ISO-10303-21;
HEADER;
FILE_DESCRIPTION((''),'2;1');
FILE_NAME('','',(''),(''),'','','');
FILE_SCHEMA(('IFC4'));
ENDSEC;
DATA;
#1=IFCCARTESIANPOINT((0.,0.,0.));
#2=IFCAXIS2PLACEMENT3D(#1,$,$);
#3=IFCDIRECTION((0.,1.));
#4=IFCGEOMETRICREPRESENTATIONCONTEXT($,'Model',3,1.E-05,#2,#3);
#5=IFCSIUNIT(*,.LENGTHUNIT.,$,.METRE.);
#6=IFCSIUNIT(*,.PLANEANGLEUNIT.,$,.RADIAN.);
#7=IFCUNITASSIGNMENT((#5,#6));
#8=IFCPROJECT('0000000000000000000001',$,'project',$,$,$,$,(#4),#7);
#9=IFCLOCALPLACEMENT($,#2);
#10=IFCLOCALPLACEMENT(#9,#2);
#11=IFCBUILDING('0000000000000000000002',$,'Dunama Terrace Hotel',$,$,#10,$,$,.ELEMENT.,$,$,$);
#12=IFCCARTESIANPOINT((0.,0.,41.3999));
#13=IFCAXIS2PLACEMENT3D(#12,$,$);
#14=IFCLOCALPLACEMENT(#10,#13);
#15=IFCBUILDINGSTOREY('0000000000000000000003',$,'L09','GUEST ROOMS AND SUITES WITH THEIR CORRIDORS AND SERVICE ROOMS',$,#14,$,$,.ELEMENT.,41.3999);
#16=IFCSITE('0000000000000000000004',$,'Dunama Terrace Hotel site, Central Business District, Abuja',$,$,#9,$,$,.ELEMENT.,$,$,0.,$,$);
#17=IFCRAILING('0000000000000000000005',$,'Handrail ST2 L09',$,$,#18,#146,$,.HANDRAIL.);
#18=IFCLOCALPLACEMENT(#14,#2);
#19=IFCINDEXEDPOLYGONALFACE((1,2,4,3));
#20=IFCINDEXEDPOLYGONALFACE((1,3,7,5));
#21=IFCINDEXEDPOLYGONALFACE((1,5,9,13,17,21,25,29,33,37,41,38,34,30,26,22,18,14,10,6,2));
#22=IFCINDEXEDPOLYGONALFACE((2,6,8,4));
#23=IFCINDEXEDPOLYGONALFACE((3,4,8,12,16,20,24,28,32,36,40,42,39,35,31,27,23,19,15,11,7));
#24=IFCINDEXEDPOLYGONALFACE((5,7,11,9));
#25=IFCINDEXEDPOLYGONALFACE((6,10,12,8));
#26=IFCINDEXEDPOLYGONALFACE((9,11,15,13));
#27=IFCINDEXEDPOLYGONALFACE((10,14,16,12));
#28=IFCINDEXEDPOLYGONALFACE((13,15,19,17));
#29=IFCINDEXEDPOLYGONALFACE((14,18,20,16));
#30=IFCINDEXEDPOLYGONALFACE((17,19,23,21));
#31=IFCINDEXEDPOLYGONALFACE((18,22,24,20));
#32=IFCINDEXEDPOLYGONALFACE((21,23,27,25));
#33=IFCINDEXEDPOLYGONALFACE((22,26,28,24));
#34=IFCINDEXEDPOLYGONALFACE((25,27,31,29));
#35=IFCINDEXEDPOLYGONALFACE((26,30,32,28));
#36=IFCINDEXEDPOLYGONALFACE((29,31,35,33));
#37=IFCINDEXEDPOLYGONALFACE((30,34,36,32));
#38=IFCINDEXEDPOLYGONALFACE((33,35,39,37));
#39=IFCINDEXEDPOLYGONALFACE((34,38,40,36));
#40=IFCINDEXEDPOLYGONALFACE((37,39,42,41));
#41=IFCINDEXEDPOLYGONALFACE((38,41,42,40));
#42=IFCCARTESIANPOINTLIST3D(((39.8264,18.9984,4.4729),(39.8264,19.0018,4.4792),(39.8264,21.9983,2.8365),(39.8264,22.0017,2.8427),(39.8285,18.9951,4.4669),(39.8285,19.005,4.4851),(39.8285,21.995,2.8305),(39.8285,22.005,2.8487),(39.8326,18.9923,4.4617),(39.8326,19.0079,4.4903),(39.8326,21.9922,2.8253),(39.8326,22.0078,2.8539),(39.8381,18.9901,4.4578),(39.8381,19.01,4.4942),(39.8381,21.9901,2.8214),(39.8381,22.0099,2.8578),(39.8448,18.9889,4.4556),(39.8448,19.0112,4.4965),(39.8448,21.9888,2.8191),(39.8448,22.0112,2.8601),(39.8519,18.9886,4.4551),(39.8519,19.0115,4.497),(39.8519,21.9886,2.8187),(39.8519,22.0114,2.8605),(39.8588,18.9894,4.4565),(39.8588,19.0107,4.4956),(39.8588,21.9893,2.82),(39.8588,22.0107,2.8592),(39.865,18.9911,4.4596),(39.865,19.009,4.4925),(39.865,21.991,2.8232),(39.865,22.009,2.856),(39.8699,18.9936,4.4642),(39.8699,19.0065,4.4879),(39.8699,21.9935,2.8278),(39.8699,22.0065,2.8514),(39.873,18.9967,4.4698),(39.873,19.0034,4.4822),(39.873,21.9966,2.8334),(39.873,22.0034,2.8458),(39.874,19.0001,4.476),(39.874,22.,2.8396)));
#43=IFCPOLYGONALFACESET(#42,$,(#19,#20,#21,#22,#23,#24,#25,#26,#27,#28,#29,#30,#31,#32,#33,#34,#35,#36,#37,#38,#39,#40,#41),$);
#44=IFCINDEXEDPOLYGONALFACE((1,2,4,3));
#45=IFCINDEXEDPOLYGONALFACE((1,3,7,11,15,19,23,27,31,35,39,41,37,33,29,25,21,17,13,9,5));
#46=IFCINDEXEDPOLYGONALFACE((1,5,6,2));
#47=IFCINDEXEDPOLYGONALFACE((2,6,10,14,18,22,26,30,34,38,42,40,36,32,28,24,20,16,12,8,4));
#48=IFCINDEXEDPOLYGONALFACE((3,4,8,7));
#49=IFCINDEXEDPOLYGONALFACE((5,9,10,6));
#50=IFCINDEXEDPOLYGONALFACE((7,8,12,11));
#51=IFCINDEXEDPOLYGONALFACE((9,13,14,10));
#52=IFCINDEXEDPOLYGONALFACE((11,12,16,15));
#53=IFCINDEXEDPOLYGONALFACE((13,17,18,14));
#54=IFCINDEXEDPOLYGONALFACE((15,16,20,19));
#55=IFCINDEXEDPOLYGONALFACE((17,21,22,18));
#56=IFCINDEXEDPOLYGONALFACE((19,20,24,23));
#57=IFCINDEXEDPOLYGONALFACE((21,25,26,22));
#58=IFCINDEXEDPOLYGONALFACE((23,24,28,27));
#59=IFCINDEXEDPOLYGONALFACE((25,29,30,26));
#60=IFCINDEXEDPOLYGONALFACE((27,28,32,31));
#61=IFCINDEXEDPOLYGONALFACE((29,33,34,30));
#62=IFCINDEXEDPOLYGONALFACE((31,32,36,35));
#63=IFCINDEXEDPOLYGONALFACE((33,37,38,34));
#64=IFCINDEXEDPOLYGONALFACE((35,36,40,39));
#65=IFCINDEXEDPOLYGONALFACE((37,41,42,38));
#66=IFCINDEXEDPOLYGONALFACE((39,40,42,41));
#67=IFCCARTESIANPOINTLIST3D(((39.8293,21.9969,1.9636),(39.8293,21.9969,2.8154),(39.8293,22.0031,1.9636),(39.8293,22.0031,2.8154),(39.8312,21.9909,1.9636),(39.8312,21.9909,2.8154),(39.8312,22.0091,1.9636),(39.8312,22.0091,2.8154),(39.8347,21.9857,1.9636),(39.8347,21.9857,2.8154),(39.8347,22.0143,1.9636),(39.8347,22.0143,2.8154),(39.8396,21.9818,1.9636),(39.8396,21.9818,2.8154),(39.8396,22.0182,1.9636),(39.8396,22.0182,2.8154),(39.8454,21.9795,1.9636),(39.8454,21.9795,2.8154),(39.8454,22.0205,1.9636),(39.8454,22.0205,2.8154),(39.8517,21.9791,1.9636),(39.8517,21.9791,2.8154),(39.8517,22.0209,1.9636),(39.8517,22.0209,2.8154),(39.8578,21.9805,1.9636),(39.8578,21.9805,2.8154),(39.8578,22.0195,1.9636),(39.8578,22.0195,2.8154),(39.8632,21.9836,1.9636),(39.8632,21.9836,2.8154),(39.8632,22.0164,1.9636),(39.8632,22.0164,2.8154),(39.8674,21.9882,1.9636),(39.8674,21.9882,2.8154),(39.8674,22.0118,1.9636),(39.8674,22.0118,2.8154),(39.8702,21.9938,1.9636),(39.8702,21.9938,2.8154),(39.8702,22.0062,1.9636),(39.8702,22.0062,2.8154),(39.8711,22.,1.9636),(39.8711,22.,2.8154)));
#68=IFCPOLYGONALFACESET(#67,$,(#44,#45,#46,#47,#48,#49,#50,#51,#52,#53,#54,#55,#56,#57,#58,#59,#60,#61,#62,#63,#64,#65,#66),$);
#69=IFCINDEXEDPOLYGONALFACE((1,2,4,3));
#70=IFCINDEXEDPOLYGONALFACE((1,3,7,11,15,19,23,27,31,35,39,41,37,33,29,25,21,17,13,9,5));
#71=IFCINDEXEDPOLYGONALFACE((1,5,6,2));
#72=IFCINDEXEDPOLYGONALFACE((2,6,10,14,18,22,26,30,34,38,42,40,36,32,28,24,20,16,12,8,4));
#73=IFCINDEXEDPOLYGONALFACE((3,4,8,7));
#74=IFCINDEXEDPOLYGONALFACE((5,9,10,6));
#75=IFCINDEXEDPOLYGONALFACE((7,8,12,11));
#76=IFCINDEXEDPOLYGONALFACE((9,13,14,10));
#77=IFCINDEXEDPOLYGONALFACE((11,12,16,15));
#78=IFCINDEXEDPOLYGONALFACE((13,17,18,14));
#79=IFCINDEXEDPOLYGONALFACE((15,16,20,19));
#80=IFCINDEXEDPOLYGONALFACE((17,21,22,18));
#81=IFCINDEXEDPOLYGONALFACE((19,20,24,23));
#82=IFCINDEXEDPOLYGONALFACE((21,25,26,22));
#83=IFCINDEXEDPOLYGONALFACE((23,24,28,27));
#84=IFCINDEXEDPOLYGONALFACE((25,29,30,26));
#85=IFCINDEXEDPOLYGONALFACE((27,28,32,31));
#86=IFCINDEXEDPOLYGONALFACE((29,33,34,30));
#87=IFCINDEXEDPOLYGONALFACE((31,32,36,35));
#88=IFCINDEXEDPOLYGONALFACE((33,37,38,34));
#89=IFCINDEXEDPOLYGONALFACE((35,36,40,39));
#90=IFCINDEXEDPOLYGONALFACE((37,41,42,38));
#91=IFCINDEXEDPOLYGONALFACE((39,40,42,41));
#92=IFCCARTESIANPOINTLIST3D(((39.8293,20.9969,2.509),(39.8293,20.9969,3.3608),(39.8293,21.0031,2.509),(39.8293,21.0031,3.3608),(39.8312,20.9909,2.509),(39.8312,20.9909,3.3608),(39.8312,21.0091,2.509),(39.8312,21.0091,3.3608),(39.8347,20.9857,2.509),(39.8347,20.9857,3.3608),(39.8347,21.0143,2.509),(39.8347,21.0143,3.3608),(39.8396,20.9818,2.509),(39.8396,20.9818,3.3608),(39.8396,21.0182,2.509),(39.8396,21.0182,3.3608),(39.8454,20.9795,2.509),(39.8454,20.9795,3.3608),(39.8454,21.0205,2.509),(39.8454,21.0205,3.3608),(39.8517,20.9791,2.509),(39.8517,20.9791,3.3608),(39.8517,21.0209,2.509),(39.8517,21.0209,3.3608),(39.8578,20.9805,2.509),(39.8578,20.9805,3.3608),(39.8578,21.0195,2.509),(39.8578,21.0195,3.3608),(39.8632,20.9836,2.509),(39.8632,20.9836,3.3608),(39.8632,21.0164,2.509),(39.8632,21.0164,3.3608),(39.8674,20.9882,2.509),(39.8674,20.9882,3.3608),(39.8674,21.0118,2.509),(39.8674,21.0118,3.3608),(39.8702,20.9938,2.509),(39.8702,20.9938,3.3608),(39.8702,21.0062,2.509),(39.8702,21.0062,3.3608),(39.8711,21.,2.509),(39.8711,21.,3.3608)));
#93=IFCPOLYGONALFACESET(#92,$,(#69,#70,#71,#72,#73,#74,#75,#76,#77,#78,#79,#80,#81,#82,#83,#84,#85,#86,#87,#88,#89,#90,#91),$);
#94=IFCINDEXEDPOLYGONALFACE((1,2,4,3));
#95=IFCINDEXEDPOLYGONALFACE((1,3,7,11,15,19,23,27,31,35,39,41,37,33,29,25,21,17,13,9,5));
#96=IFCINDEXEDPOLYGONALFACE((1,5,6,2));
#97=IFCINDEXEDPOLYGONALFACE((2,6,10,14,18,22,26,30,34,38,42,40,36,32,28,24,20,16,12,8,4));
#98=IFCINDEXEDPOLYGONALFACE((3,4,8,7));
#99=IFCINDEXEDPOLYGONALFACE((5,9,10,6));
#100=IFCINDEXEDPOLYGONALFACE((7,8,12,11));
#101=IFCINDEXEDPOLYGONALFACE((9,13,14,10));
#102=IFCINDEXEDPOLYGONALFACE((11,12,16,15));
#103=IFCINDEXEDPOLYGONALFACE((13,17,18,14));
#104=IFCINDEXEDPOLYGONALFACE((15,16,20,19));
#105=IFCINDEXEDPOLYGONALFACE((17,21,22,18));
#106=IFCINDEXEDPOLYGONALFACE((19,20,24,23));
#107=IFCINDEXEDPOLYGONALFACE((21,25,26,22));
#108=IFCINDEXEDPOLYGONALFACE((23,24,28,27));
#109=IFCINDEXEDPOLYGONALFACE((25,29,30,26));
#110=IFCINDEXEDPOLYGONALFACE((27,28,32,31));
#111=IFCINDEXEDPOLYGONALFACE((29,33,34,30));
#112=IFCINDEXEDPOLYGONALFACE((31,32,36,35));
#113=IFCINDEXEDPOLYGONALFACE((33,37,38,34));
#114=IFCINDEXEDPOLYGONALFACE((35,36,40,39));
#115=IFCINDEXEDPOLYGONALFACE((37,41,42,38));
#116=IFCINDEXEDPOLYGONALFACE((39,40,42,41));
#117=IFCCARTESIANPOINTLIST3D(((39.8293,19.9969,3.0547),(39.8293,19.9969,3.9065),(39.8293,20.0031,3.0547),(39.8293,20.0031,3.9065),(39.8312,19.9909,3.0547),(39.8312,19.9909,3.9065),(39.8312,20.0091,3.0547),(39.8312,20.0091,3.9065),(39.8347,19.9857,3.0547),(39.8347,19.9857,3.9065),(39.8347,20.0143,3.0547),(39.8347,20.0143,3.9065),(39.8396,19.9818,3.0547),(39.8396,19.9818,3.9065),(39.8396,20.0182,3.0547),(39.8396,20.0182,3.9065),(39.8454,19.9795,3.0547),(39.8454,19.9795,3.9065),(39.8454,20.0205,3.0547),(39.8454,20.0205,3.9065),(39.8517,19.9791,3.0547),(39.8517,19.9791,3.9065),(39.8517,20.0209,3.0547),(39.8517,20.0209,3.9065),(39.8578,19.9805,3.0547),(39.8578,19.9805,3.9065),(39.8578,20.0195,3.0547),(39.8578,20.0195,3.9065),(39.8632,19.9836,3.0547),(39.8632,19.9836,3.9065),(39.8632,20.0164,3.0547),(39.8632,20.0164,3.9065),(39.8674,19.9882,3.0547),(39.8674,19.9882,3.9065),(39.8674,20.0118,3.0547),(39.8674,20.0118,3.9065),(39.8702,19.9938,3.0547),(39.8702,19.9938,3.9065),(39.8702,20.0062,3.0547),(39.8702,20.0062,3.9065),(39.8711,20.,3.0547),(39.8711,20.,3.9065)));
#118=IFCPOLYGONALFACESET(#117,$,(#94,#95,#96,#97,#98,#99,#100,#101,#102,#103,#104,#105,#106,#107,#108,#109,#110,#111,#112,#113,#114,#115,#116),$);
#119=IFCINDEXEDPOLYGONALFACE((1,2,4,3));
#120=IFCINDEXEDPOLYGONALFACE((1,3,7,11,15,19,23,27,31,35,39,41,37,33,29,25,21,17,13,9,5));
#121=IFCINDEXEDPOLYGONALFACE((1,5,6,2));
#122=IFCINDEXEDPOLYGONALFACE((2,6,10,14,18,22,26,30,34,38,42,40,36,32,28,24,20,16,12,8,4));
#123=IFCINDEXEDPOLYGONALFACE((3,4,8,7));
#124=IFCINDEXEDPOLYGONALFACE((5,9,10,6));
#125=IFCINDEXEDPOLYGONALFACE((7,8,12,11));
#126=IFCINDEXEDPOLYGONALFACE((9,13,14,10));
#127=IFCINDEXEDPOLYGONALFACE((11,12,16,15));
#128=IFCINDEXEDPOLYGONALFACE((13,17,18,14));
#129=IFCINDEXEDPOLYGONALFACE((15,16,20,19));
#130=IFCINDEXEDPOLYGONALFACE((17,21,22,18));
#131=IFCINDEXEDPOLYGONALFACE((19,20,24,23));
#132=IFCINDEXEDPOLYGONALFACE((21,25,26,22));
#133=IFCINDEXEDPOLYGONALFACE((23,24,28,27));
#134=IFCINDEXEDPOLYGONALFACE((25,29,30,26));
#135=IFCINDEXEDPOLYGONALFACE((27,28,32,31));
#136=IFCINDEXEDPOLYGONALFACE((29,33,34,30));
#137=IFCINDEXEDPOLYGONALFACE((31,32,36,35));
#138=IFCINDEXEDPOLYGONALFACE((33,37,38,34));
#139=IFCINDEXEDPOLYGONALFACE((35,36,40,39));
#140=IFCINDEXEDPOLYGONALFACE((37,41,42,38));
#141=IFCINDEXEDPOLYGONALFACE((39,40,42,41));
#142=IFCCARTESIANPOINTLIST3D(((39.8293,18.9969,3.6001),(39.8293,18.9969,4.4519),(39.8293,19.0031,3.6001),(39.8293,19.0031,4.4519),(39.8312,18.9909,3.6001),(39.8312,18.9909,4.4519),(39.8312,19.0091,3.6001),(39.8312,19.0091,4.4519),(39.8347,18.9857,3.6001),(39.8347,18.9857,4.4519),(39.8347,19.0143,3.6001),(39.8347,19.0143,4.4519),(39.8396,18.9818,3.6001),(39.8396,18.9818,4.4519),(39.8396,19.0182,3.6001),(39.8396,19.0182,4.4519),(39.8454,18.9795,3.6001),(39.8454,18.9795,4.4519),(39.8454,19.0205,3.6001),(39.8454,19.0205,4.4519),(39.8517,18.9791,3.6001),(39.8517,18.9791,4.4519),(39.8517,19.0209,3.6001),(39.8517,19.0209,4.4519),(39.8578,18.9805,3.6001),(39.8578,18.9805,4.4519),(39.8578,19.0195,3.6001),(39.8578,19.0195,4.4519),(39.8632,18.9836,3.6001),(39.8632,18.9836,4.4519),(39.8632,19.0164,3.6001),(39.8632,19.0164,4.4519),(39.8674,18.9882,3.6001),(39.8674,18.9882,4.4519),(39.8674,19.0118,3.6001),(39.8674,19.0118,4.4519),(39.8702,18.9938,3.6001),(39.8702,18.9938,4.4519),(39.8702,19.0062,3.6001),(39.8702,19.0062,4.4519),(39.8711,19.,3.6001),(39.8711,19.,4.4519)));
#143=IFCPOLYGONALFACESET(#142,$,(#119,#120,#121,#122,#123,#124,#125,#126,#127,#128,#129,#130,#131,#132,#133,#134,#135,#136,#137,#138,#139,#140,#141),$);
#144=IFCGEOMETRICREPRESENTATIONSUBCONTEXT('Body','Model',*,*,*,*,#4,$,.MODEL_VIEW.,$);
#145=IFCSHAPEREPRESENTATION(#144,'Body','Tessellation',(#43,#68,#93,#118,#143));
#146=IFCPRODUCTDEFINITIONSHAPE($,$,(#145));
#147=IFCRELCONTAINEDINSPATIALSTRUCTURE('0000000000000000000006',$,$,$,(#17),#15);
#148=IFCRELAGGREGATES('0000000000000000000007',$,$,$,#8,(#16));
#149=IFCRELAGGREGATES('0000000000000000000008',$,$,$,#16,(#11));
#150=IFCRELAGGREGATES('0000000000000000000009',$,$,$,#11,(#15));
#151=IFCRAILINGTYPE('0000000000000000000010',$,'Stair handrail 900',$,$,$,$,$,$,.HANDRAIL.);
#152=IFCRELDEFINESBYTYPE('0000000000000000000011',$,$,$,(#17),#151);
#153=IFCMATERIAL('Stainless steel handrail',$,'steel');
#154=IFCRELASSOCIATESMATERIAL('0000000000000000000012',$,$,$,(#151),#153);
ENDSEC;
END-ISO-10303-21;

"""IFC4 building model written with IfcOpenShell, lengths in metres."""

from ifc_helpers import new_model, si_unit, direction, frame, origin, origin_2d, place, context, subcontext, project, spatial, circle, extrude, material, type_object, element, save


model = new_model("IFC4")

# Units and contexts
model_context = context("Model", 3, precision=1e-05, world=origin(), true_north=direction((0.0, 1.0)))
body_context = subcontext(model_context, "Body", "Model", "MODEL_VIEW")
ifc_project = project(units=[si_unit("LENGTHUNIT", "METRE"), si_unit("PLANEANGLEUNIT", "RADIAN")], contexts=[model_context])

# Site, building, storey
site_placement = place(None, origin())
site = spatial("IfcSite", under=ifc_project, at=site_placement, Name="Dunama Terrace Hotel site, Central Business District, Abuja", CompositionType="ELEMENT", RefElevation=0.0)
building_placement = place(site_placement, origin())
building = spatial("IfcBuilding", under=site, at=building_placement, Name="Dunama Terrace Hotel", CompositionType="ELEMENT")
storey_placement = place(building_placement, frame((0.0, 0.0, 41.3999)))
storey = spatial("IfcBuildingStorey", under=building, at=storey_placement, Name="L09", Description="GUEST ROOMS AND SUITES WITH THEIR CORRIDORS AND SERVICE ROOMS", CompositionType="ELEMENT", Elevation=41.3999)

# Railing
ifc_material_1 = material(Name="Stainless steel handrail", Category="steel")
railing_type = type_object("IfcRailingType", Name="Stair handrail 900", PredefinedType="HANDRAIL", material=ifc_material_1)
railing_1_placement = place(storey_placement, frame((39.8501, 22.0, 1.9636)))
element("IfcRailing", 1, at=railing_1_placement, inside=storey, type_object=railing_type, Name="Handrail ST2 L09", PredefinedType="HANDRAIL", context=body_context, shape_type="SweptSolid", body=[
    extrude(circle(Radius=0.0239, at=origin_2d()), frame((0.0, 0.0, 0.876), z_axis=(0.0, -0.877882, 0.478877), x_axis=(1.0, 0.0, 0.0)), (0.0, 0.0, 1.0), 3.4172),
    extrude(circle(Radius=0.021, at=origin_2d()), origin(), (0.0, 0.0, 1.0), 0.8518),
    extrude(circle(Radius=0.021, at=origin_2d()), frame((0.0, -1.0, 0.5454)), (0.0, 0.0, 1.0), 0.8518),
    extrude(circle(Radius=0.021, at=origin_2d()), frame((0.0, -2.0, 1.0911)), (0.0, 0.0, 1.0), 0.8518),
    extrude(circle(Radius=0.021, at=origin_2d()), frame((0.0, -3.0, 1.6365)), (0.0, 0.0, 1.0), 0.8518),
])

save(model, "model.ifc")
